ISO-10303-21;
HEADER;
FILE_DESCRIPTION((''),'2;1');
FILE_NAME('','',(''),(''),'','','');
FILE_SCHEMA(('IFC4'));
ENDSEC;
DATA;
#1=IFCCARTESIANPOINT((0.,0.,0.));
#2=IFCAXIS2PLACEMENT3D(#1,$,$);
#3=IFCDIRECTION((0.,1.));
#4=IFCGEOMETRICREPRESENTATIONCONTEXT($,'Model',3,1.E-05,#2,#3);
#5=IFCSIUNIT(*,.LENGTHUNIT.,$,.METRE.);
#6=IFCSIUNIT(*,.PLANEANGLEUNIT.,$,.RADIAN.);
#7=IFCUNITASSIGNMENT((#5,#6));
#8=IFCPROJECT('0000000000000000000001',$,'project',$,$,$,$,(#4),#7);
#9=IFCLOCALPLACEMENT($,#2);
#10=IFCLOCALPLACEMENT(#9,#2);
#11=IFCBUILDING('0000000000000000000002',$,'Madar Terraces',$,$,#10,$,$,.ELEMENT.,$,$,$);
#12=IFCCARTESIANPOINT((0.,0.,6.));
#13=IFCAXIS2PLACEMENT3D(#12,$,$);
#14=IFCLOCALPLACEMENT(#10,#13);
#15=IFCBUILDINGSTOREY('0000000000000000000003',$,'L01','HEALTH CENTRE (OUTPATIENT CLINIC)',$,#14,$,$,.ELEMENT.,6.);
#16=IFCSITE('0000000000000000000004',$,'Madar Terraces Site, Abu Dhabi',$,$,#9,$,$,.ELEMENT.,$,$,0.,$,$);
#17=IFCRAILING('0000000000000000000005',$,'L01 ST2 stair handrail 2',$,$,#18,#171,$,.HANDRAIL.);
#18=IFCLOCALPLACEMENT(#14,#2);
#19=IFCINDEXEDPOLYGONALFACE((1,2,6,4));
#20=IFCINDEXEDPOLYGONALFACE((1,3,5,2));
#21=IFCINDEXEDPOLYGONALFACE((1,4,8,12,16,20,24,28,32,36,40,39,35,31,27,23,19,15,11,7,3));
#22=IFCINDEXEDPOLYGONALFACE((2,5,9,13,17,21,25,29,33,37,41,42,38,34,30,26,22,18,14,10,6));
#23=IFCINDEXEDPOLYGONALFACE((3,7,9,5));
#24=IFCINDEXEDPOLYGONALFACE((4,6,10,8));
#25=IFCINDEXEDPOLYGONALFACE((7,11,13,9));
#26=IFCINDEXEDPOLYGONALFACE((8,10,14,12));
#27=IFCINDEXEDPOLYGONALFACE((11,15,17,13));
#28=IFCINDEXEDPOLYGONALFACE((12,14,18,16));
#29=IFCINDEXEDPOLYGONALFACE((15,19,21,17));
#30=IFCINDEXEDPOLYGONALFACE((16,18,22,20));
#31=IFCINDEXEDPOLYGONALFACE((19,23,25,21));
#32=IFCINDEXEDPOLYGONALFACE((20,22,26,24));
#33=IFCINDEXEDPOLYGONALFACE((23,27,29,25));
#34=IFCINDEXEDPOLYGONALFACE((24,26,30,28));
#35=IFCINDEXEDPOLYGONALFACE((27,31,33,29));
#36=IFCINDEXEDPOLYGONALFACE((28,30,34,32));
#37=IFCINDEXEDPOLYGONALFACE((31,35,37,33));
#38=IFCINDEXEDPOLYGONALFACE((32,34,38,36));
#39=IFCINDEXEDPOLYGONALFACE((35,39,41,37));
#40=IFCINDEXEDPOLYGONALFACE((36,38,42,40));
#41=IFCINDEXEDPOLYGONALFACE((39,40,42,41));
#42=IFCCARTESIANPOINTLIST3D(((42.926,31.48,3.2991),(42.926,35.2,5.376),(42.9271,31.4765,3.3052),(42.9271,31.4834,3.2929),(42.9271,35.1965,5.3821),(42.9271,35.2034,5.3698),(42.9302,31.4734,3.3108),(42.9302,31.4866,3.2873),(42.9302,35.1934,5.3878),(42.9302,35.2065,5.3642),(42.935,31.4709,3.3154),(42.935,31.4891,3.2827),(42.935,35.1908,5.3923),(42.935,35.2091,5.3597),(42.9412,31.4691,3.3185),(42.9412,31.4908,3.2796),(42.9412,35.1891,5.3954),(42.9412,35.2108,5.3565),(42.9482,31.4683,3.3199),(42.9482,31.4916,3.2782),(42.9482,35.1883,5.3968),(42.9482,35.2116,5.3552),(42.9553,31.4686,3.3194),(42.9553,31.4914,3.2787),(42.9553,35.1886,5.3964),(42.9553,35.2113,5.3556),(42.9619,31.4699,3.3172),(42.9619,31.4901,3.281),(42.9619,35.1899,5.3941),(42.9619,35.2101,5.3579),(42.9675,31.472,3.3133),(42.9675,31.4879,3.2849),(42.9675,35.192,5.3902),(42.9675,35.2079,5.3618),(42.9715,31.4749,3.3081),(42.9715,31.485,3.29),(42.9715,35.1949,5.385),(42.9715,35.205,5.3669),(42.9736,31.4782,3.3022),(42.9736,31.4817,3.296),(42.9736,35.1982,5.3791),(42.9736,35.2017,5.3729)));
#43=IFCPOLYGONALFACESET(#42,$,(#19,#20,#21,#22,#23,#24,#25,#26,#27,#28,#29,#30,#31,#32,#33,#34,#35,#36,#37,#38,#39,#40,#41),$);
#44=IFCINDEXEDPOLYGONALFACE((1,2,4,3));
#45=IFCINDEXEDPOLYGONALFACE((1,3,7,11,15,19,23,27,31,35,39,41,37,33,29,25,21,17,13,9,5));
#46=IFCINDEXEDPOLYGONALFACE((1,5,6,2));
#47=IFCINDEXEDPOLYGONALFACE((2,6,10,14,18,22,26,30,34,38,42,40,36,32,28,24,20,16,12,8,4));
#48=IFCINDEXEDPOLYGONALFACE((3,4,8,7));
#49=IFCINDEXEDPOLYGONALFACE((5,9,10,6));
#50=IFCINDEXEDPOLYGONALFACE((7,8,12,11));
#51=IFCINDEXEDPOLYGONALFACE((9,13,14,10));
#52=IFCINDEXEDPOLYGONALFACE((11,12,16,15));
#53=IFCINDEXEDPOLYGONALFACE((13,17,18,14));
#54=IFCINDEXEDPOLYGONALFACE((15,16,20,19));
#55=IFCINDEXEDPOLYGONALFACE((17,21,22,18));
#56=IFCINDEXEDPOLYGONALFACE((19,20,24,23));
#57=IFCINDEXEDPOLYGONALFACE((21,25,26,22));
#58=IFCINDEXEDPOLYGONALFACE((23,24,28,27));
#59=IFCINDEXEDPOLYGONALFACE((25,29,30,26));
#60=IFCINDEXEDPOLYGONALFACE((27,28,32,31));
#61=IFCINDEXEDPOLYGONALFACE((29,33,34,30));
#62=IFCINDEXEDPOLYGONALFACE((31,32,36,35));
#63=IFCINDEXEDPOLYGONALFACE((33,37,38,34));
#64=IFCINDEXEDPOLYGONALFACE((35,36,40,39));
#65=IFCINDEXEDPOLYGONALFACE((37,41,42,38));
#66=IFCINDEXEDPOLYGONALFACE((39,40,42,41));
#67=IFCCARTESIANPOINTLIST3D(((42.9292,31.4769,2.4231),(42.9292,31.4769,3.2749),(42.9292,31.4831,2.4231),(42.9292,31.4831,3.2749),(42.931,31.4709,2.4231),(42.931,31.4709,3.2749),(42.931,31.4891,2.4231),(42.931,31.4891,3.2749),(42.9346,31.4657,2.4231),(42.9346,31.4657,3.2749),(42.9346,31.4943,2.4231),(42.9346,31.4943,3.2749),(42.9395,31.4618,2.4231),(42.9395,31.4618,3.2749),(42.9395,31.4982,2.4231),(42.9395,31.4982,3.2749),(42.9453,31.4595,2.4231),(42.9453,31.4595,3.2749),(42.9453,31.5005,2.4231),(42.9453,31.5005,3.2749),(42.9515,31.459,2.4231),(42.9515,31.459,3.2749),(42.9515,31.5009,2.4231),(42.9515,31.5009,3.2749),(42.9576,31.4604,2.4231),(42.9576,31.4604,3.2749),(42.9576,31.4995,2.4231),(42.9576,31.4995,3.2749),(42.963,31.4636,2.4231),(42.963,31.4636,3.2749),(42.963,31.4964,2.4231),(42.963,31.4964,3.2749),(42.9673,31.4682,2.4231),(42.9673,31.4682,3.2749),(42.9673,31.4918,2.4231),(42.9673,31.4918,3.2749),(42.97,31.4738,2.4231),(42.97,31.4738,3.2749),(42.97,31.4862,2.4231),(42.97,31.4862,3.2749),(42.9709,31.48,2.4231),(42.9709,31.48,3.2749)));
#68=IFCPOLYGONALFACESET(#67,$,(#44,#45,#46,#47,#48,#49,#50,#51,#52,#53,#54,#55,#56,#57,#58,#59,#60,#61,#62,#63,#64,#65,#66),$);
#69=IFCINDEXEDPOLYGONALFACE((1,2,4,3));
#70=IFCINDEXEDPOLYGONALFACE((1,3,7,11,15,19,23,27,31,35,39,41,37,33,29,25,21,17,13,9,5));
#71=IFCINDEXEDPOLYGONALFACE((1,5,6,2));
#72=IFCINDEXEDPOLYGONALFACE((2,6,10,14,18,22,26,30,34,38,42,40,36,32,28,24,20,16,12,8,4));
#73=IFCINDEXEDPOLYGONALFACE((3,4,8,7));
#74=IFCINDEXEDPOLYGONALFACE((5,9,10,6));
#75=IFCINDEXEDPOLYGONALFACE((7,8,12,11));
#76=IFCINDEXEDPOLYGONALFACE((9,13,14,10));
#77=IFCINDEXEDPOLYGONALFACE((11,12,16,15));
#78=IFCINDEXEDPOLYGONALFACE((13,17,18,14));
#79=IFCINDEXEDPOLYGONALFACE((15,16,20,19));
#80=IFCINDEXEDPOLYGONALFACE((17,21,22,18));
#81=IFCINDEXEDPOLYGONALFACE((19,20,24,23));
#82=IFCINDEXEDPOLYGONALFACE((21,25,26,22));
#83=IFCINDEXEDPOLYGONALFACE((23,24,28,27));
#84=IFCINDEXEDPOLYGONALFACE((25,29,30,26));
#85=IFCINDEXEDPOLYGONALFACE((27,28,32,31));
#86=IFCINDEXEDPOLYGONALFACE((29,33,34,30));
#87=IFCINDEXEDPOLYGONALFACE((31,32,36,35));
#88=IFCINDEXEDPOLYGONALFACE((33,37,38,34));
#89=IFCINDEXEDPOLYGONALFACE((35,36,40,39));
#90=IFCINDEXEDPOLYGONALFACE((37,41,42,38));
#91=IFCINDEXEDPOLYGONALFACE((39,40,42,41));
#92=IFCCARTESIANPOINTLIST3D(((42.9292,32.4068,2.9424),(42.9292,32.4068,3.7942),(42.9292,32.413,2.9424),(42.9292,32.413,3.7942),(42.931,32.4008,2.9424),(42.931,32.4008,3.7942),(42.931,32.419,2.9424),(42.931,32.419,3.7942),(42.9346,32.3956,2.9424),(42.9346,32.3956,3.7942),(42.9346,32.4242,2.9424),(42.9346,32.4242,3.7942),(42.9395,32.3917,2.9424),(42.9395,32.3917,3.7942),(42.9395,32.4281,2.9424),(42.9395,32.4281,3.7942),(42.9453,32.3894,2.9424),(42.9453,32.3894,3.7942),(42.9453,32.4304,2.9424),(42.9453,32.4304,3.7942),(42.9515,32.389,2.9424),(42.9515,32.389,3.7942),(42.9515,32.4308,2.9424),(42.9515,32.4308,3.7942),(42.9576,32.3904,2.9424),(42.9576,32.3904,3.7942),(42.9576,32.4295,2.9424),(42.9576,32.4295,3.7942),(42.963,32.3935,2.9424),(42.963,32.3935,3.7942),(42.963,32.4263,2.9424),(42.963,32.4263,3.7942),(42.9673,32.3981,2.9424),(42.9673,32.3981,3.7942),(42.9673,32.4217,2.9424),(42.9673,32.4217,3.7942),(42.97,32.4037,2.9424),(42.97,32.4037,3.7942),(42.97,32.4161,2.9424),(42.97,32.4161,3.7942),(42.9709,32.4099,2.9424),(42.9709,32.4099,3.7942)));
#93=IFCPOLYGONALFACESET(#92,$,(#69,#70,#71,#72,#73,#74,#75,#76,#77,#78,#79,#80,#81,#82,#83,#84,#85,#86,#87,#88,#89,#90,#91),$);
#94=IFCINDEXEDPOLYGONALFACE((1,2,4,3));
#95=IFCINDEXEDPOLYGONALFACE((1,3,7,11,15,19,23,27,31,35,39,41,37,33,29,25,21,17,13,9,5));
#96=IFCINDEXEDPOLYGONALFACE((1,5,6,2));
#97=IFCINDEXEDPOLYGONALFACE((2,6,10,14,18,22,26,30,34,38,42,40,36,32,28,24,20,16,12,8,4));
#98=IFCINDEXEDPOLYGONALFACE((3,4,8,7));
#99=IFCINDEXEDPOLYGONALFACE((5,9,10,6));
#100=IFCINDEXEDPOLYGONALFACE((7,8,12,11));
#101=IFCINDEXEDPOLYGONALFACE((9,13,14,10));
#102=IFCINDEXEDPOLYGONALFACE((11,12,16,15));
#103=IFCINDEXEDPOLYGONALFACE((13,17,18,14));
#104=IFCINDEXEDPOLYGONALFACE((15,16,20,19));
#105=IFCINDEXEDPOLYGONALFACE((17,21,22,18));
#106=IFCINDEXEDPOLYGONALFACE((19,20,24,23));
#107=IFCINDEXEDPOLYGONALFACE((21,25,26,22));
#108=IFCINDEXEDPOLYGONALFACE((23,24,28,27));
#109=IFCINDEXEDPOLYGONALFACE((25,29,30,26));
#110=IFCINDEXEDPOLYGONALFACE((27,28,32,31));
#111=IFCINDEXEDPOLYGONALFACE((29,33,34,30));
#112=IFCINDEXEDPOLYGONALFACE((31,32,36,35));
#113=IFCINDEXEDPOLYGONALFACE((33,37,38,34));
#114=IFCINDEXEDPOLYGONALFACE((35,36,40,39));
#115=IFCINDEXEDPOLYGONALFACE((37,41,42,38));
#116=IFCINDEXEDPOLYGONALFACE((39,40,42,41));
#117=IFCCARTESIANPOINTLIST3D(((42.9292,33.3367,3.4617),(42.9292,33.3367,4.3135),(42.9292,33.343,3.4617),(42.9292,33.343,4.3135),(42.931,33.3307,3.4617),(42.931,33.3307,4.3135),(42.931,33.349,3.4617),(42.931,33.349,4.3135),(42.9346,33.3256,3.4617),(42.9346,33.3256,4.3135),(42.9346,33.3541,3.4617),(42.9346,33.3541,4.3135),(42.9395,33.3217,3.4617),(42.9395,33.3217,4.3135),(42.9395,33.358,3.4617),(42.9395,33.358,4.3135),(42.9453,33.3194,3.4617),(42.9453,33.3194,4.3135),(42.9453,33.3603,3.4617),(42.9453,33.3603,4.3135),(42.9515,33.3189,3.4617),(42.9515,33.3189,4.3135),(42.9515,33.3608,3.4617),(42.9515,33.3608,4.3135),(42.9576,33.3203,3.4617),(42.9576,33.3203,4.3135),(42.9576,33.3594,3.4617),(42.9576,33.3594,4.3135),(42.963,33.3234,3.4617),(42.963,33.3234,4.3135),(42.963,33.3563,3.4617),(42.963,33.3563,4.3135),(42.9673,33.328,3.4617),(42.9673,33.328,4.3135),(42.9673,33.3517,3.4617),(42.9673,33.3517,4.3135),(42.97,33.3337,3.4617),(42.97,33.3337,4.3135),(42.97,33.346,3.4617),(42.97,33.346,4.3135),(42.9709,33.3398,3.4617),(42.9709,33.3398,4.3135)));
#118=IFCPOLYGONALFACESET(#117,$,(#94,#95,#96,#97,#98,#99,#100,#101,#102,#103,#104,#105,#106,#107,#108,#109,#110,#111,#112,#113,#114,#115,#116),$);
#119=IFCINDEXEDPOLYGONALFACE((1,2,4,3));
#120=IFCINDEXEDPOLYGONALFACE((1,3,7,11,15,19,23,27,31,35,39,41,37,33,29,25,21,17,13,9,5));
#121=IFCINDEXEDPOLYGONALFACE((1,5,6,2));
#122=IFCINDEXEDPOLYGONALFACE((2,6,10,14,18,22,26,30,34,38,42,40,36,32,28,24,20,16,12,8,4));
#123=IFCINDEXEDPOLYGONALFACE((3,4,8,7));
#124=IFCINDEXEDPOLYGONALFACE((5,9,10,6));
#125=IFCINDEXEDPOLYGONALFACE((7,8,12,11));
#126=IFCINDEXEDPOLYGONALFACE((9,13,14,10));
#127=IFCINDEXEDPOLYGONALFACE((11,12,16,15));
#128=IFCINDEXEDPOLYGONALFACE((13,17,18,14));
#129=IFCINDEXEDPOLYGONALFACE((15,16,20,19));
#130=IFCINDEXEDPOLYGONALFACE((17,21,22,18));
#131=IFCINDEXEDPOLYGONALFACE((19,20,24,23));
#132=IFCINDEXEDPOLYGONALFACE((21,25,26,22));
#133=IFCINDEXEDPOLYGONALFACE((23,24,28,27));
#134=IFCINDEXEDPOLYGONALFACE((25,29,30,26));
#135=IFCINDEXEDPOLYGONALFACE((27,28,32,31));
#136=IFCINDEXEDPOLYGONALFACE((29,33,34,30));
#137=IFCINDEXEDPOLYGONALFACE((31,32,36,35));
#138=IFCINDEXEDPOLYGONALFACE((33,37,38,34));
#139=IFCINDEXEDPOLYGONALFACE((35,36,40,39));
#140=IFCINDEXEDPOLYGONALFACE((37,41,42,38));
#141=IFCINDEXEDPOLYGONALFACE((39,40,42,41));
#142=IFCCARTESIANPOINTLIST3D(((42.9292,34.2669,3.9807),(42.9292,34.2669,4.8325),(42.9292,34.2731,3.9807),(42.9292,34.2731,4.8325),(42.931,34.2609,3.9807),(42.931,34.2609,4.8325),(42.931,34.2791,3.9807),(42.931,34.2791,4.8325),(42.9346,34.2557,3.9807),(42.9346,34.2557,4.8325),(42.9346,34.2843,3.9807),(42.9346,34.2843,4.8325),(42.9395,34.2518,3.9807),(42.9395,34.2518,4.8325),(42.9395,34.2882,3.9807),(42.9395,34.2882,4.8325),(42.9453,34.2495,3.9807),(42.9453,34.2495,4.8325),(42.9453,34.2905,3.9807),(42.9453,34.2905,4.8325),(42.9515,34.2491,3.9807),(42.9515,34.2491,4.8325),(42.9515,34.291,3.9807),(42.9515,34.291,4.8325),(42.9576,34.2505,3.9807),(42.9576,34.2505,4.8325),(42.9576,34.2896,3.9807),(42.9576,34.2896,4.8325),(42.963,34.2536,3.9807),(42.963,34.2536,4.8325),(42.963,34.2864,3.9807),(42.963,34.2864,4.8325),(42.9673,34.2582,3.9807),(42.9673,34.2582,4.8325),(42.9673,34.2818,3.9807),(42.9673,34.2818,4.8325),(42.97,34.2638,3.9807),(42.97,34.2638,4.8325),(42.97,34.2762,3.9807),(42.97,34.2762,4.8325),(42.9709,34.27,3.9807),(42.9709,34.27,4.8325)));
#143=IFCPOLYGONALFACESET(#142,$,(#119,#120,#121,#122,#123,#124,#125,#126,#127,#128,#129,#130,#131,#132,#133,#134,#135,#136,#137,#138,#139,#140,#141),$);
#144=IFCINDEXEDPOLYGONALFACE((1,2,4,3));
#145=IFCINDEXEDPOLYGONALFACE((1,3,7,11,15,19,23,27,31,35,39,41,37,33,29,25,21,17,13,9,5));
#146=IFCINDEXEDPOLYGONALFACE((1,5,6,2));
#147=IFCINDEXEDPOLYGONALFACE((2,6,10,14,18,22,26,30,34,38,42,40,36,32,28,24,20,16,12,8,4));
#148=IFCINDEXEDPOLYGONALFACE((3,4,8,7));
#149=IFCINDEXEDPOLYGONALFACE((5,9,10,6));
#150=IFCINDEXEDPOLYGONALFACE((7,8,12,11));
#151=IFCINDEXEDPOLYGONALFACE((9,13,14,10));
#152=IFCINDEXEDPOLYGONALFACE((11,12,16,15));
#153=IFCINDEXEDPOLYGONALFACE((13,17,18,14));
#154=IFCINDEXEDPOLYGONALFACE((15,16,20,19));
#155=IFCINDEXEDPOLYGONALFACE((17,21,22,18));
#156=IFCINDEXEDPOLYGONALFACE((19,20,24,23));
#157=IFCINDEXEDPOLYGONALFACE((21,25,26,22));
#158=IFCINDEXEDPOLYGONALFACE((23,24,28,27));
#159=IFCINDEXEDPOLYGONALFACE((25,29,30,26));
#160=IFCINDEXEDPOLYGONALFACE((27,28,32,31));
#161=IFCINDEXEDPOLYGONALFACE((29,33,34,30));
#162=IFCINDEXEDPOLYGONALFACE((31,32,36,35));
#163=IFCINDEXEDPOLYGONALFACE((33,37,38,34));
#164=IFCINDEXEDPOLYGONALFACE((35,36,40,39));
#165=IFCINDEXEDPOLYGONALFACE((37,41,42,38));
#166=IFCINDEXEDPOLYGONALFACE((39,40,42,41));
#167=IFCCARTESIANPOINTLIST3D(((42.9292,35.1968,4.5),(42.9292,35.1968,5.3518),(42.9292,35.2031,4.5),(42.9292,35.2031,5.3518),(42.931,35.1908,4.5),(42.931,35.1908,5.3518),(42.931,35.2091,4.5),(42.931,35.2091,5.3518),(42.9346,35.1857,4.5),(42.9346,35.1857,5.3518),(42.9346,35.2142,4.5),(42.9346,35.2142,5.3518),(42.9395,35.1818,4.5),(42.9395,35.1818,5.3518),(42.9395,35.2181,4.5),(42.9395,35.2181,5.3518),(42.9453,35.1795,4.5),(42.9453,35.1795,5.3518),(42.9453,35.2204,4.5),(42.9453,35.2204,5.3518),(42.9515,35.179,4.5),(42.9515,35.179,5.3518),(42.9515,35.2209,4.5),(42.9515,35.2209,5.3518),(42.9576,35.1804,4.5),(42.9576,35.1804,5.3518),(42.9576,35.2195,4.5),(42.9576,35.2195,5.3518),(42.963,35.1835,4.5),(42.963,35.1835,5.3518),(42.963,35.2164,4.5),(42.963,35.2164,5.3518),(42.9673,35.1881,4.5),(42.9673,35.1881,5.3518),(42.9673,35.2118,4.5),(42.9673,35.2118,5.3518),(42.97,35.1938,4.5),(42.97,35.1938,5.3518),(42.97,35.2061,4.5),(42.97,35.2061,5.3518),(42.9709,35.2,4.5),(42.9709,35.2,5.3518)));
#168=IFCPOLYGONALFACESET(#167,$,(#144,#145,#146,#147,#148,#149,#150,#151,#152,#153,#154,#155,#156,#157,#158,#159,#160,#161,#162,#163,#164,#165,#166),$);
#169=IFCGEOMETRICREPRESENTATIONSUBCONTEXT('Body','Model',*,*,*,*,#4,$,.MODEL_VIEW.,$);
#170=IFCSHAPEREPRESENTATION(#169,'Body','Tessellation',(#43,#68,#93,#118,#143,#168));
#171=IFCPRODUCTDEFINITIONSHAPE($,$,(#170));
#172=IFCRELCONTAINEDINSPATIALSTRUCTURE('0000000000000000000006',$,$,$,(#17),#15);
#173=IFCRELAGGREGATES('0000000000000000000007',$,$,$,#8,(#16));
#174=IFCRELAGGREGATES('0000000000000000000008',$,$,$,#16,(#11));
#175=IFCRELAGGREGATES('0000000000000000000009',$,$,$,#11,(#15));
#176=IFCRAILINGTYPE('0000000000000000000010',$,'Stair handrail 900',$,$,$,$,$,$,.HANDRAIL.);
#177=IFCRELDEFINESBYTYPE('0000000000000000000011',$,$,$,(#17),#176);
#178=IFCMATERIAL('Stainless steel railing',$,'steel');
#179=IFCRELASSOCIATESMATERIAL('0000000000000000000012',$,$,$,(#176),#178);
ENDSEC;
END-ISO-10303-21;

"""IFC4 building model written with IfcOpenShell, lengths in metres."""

from ifc_helpers import new_model, si_unit, direction, frame, origin, origin_2d, place, context, subcontext, project, spatial, circle, extrude, material, type_object, element, save


model = new_model("IFC4")

# Units and contexts
model_context = context("Model", 3, precision=1e-05, world=origin(), true_north=direction((0.0, 1.0)))
body_context = subcontext(model_context, "Body", "Model", "MODEL_VIEW")
ifc_project = project(units=[si_unit("LENGTHUNIT", "METRE"), si_unit("PLANEANGLEUNIT", "RADIAN")], contexts=[model_context])

# Site, building, storey
site_placement = place(None, origin())
site = spatial("IfcSite", under=ifc_project, at=site_placement, Name="Madar Terraces Site, Abu Dhabi", CompositionType="ELEMENT", RefElevation=0.0)
building_placement = place(site_placement, origin())
building = spatial("IfcBuilding", under=site, at=building_placement, Name="Madar Terraces", CompositionType="ELEMENT")
storey_placement = place(building_placement, frame((0.0, 0.0, 6.0)))
storey = spatial("IfcBuildingStorey", under=building, at=storey_placement, Name="L01", Description="HEALTH CENTRE (OUTPATIENT CLINIC)", CompositionType="ELEMENT", Elevation=6.0)

# Railing
ifc_material_1 = material(Name="Stainless steel railing", Category="steel")
railing_type_1 = type_object("IfcRailingType", Name="Stair handrail 900", PredefinedType="HANDRAIL", material=ifc_material_1)
for number, where, name in (
    (1, (42.95, 31.48, 2.4231), "L01 ST2 stair handrail 2"),
):
    element("IfcRailing", number, at=place(storey_placement, frame(where)), inside=storey, type_object=railing_type_1, Name=name, PredefinedType="HANDRAIL", context=body_context, shape_type="SweptSolid", body=[
        extrude(circle(Radius=0.0239, at=origin_2d()), frame((0.0, 0.0, 0.876), z_axis=(0.0, 0.873134, 0.487481), x_axis=(-1.0, 0.0, 0.0)), (0.0, 0.0, 1.0), 4.2605),
        extrude(circle(Radius=0.021, at=origin_2d()), origin(), (0.0, 0.0, 1.0), 0.8518),
        extrude(circle(Radius=0.021, at=origin_2d()), frame((0.0, 0.9299, 0.5193)), (0.0, 0.0, 1.0), 0.8518),
        extrude(circle(Radius=0.021, at=origin_2d()), frame((0.0, 1.8599, 1.0386)), (0.0, 0.0, 1.0), 0.8518),
        extrude(circle(Radius=0.021, at=origin_2d()), frame((0.0, 2.79, 1.5576)), (0.0, 0.0, 1.0), 0.8518),
        extrude(circle(Radius=0.021, at=origin_2d()), frame((0.0, 3.72, 2.0769)), (0.0, 0.0, 1.0), 0.8518),
    ])

save(model, "model.ifc")
